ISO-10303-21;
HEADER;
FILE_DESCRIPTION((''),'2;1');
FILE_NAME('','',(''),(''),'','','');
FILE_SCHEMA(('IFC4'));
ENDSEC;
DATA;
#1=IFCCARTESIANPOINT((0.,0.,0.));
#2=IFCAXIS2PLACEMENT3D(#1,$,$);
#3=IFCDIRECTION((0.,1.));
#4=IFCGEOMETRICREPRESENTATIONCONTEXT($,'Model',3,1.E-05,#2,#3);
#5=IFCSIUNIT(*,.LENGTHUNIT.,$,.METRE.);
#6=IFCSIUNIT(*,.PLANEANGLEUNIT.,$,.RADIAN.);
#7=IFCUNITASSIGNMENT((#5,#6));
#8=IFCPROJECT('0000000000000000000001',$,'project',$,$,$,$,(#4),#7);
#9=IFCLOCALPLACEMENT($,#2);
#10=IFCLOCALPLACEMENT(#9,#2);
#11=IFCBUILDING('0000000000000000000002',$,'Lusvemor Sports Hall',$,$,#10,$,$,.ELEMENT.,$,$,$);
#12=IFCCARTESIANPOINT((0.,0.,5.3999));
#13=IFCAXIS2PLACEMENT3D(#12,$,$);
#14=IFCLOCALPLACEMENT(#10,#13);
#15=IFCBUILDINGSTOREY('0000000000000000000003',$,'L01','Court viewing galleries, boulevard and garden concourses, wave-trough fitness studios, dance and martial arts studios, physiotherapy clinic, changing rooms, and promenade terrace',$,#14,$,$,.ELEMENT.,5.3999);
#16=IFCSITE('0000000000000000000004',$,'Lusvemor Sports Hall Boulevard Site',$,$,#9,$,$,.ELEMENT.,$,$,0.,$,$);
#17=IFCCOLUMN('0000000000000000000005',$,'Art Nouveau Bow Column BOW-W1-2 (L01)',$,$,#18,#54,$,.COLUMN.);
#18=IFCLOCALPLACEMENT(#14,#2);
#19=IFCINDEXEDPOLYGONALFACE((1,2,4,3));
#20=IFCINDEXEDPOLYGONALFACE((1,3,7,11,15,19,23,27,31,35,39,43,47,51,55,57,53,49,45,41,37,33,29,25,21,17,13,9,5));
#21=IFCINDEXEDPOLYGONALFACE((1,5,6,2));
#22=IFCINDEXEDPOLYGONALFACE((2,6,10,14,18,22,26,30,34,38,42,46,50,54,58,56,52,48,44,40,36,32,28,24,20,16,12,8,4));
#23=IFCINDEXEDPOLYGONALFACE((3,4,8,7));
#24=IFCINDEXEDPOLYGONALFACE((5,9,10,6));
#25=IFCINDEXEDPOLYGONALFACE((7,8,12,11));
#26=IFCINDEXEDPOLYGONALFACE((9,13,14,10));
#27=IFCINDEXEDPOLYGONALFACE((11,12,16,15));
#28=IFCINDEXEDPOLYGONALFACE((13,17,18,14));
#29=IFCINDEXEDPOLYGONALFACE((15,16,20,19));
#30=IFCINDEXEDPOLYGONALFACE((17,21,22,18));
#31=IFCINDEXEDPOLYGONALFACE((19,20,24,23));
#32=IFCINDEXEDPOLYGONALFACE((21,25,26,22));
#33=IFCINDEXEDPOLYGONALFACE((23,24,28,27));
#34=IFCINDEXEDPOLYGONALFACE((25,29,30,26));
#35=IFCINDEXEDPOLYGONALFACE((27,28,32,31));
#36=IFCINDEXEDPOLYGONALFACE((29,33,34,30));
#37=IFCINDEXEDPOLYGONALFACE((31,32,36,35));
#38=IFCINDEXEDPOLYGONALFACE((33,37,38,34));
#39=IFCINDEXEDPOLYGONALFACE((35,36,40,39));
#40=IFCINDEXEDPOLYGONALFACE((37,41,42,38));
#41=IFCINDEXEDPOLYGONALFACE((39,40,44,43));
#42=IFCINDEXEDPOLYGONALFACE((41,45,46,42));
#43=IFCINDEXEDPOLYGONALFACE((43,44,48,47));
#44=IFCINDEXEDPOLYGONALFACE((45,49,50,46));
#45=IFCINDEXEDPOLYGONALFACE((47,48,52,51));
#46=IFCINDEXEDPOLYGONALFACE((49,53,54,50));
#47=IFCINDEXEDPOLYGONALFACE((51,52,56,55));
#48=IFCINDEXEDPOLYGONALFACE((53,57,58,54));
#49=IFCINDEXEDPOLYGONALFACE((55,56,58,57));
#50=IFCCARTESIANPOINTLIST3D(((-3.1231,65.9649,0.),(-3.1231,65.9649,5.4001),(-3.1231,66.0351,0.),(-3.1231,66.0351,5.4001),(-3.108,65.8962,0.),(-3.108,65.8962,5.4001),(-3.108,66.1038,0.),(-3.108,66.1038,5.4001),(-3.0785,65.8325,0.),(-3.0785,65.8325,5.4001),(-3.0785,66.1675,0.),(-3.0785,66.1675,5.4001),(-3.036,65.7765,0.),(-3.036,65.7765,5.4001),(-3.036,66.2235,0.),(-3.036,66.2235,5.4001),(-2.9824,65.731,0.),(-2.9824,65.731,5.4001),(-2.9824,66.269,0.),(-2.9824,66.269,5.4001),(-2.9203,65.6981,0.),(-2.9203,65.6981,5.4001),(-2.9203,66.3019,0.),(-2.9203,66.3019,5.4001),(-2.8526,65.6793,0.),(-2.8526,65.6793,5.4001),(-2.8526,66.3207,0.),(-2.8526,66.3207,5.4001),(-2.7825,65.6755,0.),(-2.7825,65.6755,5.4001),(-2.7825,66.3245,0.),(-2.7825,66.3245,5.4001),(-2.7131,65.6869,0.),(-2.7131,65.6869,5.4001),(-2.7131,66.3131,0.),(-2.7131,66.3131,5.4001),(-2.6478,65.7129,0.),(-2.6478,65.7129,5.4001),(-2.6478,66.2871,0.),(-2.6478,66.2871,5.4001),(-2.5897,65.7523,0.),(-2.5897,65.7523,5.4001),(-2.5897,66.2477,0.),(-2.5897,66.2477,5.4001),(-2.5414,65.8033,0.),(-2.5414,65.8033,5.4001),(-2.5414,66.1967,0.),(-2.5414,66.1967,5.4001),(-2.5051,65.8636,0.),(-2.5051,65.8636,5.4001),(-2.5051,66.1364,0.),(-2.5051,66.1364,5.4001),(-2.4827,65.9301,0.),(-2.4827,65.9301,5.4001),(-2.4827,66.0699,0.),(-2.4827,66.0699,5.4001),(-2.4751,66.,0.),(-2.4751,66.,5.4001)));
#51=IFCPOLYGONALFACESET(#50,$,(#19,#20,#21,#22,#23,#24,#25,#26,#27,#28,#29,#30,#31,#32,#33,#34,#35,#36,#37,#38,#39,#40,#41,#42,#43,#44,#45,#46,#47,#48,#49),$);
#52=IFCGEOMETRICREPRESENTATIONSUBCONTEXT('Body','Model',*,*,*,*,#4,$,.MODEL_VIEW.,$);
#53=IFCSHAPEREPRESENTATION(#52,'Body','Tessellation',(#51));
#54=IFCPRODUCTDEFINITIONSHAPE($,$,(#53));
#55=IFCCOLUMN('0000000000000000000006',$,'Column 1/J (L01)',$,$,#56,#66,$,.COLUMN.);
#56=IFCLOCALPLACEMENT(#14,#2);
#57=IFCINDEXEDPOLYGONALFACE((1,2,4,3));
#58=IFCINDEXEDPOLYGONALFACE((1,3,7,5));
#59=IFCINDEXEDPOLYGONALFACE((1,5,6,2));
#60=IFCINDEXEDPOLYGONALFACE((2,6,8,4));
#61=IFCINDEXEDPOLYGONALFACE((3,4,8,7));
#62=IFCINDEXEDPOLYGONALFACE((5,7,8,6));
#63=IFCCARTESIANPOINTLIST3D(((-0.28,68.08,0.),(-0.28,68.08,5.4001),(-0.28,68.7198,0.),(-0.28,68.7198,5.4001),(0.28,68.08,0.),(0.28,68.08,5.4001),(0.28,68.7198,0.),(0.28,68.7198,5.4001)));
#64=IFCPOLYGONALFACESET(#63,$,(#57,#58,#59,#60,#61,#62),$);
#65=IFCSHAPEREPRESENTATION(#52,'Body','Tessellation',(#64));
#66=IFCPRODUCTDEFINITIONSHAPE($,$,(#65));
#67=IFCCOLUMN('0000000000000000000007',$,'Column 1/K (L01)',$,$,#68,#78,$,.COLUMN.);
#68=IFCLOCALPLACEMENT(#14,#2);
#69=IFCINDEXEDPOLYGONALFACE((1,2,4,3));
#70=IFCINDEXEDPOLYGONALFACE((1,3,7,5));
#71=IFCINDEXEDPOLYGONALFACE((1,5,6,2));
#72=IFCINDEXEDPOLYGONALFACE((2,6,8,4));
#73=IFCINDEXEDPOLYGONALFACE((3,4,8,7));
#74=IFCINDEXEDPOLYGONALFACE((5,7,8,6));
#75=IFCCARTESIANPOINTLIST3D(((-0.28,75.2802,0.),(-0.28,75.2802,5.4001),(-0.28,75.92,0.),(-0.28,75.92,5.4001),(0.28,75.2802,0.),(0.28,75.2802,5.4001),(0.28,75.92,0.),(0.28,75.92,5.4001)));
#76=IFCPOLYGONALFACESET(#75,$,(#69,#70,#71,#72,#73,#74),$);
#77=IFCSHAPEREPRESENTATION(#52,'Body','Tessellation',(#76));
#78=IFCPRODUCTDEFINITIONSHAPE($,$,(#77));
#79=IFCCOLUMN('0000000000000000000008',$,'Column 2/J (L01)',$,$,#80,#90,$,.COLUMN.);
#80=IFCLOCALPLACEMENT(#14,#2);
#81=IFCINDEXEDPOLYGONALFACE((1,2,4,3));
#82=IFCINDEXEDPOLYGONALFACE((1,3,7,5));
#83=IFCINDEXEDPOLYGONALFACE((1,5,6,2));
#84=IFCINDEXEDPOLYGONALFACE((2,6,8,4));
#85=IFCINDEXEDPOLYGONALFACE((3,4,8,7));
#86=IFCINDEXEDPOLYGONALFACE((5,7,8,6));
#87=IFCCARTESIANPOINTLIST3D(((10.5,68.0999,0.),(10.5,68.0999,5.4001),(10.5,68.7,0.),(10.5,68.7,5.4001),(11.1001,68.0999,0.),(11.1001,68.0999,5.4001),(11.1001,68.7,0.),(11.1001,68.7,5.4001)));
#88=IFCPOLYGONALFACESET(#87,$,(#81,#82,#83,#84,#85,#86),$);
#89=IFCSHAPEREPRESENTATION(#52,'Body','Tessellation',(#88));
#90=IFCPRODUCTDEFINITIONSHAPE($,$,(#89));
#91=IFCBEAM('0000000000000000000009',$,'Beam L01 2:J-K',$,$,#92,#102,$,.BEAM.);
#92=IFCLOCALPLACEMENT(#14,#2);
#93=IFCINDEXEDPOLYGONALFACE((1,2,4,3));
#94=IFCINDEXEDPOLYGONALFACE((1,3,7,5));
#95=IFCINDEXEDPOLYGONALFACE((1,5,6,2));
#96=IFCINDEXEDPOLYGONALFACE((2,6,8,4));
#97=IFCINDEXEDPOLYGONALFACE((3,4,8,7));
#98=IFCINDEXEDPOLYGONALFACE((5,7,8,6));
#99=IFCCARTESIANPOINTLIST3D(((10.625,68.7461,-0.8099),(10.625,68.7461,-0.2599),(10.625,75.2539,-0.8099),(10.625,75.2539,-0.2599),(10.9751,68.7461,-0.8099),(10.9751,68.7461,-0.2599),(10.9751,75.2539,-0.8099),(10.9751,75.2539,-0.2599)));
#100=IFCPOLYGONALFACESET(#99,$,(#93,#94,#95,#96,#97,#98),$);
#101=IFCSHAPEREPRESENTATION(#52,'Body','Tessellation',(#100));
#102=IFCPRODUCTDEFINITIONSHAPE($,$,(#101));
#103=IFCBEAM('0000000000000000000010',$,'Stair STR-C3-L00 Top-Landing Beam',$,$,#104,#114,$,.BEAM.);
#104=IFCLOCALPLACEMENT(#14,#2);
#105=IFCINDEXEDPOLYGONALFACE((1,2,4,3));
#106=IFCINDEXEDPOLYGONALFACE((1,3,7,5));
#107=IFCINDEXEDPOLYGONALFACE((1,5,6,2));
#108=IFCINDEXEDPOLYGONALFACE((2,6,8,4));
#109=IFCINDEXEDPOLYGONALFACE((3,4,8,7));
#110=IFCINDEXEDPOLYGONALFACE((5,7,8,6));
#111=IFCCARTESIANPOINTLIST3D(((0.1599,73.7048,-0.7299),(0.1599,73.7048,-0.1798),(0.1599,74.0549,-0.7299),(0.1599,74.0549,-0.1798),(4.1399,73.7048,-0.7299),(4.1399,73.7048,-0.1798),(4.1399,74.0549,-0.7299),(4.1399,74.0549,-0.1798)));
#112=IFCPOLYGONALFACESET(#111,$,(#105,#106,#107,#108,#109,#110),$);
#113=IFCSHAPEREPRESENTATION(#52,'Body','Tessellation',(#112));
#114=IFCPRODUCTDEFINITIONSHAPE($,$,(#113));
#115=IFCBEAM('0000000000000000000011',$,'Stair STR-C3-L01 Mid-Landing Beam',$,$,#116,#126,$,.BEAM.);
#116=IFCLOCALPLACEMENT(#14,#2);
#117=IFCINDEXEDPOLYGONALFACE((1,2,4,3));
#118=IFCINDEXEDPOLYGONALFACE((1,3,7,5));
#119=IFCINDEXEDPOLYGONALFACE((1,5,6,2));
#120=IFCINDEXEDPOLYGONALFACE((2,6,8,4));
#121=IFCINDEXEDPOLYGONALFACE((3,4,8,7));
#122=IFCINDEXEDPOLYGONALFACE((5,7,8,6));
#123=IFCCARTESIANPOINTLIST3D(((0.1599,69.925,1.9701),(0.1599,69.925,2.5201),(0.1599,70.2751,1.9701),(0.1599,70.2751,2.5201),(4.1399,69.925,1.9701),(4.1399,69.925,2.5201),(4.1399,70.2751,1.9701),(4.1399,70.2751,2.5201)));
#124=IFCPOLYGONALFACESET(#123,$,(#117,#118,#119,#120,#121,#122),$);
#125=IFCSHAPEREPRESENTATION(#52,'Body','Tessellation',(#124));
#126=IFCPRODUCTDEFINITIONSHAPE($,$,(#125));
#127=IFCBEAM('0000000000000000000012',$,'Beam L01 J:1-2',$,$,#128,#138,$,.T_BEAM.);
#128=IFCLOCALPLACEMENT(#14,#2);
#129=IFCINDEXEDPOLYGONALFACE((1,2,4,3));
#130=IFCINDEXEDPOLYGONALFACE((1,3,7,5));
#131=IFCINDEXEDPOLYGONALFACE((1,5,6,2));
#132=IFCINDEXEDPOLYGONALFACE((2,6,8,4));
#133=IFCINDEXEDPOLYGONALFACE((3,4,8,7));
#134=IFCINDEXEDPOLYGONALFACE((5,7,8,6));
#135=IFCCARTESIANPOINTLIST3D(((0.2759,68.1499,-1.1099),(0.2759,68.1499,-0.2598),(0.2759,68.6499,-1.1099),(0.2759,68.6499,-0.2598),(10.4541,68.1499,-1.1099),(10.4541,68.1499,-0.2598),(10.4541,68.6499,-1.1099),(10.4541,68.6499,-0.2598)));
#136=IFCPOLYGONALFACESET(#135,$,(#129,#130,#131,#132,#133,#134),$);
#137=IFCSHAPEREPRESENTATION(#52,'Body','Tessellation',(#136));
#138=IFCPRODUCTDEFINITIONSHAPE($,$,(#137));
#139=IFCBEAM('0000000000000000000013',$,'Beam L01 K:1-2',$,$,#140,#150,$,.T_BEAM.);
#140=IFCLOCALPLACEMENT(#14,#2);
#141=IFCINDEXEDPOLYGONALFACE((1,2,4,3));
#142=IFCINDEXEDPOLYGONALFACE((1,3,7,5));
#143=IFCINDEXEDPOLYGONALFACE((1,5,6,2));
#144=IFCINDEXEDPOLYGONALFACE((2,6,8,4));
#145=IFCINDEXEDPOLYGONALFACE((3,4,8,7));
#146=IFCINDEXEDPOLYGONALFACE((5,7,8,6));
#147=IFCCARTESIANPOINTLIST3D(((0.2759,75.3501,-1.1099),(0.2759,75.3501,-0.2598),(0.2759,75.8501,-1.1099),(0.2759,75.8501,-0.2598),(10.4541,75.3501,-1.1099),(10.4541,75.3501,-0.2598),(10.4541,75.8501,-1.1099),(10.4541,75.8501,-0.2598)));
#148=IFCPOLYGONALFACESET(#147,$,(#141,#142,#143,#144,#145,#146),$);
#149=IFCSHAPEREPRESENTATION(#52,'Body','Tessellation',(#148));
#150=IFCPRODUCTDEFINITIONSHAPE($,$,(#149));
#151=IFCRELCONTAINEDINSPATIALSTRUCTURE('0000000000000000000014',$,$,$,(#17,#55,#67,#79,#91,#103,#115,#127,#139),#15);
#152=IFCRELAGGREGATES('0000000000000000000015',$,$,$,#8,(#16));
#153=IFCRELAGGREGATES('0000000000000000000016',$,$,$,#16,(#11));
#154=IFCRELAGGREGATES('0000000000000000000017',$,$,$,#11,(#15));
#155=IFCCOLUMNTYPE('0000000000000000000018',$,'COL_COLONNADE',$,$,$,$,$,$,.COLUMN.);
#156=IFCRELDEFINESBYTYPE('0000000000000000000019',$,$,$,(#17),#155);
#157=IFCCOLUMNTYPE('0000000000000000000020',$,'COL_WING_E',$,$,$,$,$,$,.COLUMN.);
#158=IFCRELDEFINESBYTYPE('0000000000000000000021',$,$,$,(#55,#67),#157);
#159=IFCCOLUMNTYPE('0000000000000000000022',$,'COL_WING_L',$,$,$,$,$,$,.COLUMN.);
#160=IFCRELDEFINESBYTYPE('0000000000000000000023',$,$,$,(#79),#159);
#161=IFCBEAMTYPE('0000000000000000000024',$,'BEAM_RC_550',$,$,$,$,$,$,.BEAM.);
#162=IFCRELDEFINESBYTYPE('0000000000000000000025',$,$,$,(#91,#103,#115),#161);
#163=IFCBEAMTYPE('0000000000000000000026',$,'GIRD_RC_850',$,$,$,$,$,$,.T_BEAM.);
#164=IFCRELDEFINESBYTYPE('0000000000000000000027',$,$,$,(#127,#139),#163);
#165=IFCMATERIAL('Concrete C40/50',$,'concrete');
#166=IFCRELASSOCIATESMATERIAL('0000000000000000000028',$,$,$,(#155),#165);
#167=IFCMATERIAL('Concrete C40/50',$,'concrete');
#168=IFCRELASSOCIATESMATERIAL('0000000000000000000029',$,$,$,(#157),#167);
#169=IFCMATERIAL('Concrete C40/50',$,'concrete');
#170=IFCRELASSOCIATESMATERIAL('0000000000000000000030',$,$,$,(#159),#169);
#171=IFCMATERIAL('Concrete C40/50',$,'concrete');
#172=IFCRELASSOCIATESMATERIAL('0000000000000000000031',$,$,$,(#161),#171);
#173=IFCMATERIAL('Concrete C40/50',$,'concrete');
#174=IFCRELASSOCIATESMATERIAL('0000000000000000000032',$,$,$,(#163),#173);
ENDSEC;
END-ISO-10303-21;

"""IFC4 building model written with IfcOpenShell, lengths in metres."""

from ifc_helpers import new_model, si_unit, direction, frame, origin, origin_2d, place, context, subcontext, project, spatial, rectangle, circle, extrude, material, material_profile, profile_set, type_object, element, save


model = new_model("IFC4")

# Units and contexts
model_context = context("Model", 3, precision=1e-05, world=origin(), true_north=direction((0.0, 1.0)))
body_context = subcontext(model_context, "Body", "Model", "MODEL_VIEW")
ifc_project = project(units=[si_unit("LENGTHUNIT", "METRE"), si_unit("PLANEANGLEUNIT", "RADIAN")], contexts=[model_context])

# Site, building, storey
site_placement = place(None, origin())
site = spatial("IfcSite", under=ifc_project, at=site_placement, Name="Lusvemor Sports Hall Boulevard Site", CompositionType="ELEMENT", RefElevation=0.0)
building_placement = place(site_placement, origin())
building = spatial("IfcBuilding", under=site, at=building_placement, Name="Lusvemor Sports Hall", CompositionType="ELEMENT")
storey_placement = place(building_placement, frame((0.0, 0.0, 5.3999)))
storey = spatial("IfcBuildingStorey", under=building, at=storey_placement, Name="L01", Description="Court viewing galleries, boulevard and garden concourses, wave-trough fitness studios, dance and martial arts studios, physiotherapy clinic, changing rooms, and promenade terrace", CompositionType="ELEMENT", Elevation=5.3999)

# Columns
ifc_material_1 = material(Name="Concrete C40/50", Category="concrete")
ifc_material_profile_1 = material_profile(ifc_material_1, circle(Radius=0.325, at=origin_2d()), Name="RCCIRC650")
ifc_profile_set_1 = profile_set([ifc_material_profile_1], Name="Concrete C40/50")
column_type_1 = type_object("IfcColumnType", Name="COL_COLONNADE", PredefinedType="COLUMN", material=ifc_profile_set_1)
column_1_placement = place(storey_placement, frame((-2.8, 66.0, 0.0), z_axis=(0.0, 0.0, 1.0), x_axis=(1.0, 0.0, 0.0)))
element("IfcColumn", 1, at=column_1_placement, inside=storey, type_object=column_type_1, Name="Art Nouveau Bow Column BOW-W1-2 (L01)", PredefinedType="COLUMN", context=body_context, shape_type="SweptSolid", body=[
    extrude(circle(Radius=0.325, at=origin_2d()), origin(), (0.0, 0.0, 1.0), 5.4001),
])
ifc_material_2 = material(Name="Concrete C40/50", Category="concrete")
ifc_material_profile_2 = material_profile(ifc_material_2, rectangle(XDim=0.5601, YDim=0.6399, at=origin_2d()), Name="RC560x640")
ifc_profile_set_2 = profile_set([ifc_material_profile_2], Name="Concrete C40/50")
column_type_2 = type_object("IfcColumnType", Name="COL_WING_E", PredefinedType="COLUMN", material=ifc_profile_set_2)
for number, where, z_axis, x_axis, name in (
    (2, (0.0, 68.3999, 0.0), (0.0, 0.0, 1.0), (1.0, 0.0, 0.0), "Column 1/J (L01)"),
    (3, (0.0, 75.6001, 0.0), (0.0, 0.0, 1.0), (1.0, 0.0, 0.0), "Column 1/K (L01)"),
):
    element("IfcColumn", number, at=place(storey_placement, frame(where, z_axis=z_axis, x_axis=x_axis)), inside=storey, type_object=column_type_2, Name=name, PredefinedType="COLUMN", context=body_context, shape_type="SweptSolid", body=[
        extrude(rectangle(XDim=0.5601, YDim=0.6399, at=origin_2d()), origin(), (0.0, 0.0, 1.0), 5.4001),
    ])
ifc_material_3 = material(Name="Concrete C40/50", Category="concrete")
ifc_material_profile_3 = material_profile(ifc_material_3, rectangle(XDim=0.6001, YDim=0.6001, at=origin_2d()), Name="RC600x600")
ifc_profile_set_3 = profile_set([ifc_material_profile_3], Name="Concrete C40/50")
column_type_3 = type_object("IfcColumnType", Name="COL_WING_L", PredefinedType="COLUMN", material=ifc_profile_set_3)
column_2_placement = place(storey_placement, frame((10.8, 68.3999, 0.0), z_axis=(0.0, 0.0, 1.0), x_axis=(1.0, 0.0, 0.0)))
element("IfcColumn", 4, at=column_2_placement, inside=storey, type_object=column_type_3, Name="Column 2/J (L01)", PredefinedType="COLUMN", context=body_context, shape_type="SweptSolid", body=[
    extrude(rectangle(XDim=0.6001, YDim=0.6001, at=origin_2d()), origin(), (0.0, 0.0, 1.0), 5.4001),
])

# Beams
ifc_material_4 = material(Name="Concrete C40/50", Category="concrete")
ifc_material_profile_4 = material_profile(ifc_material_4, rectangle(XDim=0.3501, YDim=0.55, at=origin_2d()), Name="RC350x550")
ifc_profile_set_4 = profile_set([ifc_material_profile_4], Name="Concrete C40/50")
beam_type_1 = type_object("IfcBeamType", Name="BEAM_RC_550", PredefinedType="BEAM", material=ifc_profile_set_4)
beam_1_placement = place(storey_placement, frame((10.8, 68.7461, -0.5349), z_axis=(0.0, 1.0, 0.0), x_axis=(-1.0, 0.0, 0.0)))
element("IfcBeam", 5, at=beam_1_placement, inside=storey, type_object=beam_type_1, Name="Beam L01 2:J-K", PredefinedType="BEAM", context=body_context, shape_type="SweptSolid", body=[
    extrude(rectangle(XDim=0.3501, YDim=0.55, at=origin_2d()), origin(), (0.0, 0.0, 1.0), 6.5078),
])
for number, where, z_axis, x_axis, name in (
    (6, (0.1599, 73.8799, -0.4548), (1.0, 0.0, 0.0), (0.0, 1.0, 0.0), "Stair STR-C3-L00 Top-Landing Beam"),
    (7, (0.1599, 70.1001, 2.2451), (1.0, 0.0, 0.0), (0.0, 1.0, 0.0), "Stair STR-C3-L01 Mid-Landing Beam"),
):
    element("IfcBeam", number, at=place(storey_placement, frame(where, z_axis=z_axis, x_axis=x_axis)), inside=storey, type_object=beam_type_1, Name=name, PredefinedType="BEAM", context=body_context, shape_type="SweptSolid", body=[
        extrude(rectangle(XDim=0.3501, YDim=0.55, at=origin_2d()), origin(), (0.0, 0.0, 1.0), 3.98),
    ])
ifc_material_5 = material(Name="Concrete C40/50", Category="concrete")
ifc_material_profile_5 = material_profile(ifc_material_5, rectangle(XDim=0.5, YDim=0.8501, at=origin_2d()), Name="RC500x850")
ifc_profile_set_5 = profile_set([ifc_material_profile_5], Name="Concrete C40/50")
beam_type_2 = type_object("IfcBeamType", Name="GIRD_RC_850", PredefinedType="T_BEAM", material=ifc_profile_set_5)
for number, where, z_axis, x_axis, name in (
    (8, (0.2759, 68.3999, -0.6848), (1.0, 0.0, 0.0), (0.0, 1.0, 0.0), "Beam L01 J:1-2"),
    (9, (0.2759, 75.6001, -0.6848), (1.0, 0.0, 0.0), (0.0, 1.0, 0.0), "Beam L01 K:1-2"),
):
    element("IfcBeam", number, at=place(storey_placement, frame(where, z_axis=z_axis, x_axis=x_axis)), inside=storey, type_object=beam_type_2, Name=name, PredefinedType="T_BEAM", context=body_context, shape_type="SweptSolid", body=[
        extrude(rectangle(XDim=0.5, YDim=0.8501, at=origin_2d()), origin(), (0.0, 0.0, 1.0), 10.1782),
    ])

save(model, "model.ifc")
